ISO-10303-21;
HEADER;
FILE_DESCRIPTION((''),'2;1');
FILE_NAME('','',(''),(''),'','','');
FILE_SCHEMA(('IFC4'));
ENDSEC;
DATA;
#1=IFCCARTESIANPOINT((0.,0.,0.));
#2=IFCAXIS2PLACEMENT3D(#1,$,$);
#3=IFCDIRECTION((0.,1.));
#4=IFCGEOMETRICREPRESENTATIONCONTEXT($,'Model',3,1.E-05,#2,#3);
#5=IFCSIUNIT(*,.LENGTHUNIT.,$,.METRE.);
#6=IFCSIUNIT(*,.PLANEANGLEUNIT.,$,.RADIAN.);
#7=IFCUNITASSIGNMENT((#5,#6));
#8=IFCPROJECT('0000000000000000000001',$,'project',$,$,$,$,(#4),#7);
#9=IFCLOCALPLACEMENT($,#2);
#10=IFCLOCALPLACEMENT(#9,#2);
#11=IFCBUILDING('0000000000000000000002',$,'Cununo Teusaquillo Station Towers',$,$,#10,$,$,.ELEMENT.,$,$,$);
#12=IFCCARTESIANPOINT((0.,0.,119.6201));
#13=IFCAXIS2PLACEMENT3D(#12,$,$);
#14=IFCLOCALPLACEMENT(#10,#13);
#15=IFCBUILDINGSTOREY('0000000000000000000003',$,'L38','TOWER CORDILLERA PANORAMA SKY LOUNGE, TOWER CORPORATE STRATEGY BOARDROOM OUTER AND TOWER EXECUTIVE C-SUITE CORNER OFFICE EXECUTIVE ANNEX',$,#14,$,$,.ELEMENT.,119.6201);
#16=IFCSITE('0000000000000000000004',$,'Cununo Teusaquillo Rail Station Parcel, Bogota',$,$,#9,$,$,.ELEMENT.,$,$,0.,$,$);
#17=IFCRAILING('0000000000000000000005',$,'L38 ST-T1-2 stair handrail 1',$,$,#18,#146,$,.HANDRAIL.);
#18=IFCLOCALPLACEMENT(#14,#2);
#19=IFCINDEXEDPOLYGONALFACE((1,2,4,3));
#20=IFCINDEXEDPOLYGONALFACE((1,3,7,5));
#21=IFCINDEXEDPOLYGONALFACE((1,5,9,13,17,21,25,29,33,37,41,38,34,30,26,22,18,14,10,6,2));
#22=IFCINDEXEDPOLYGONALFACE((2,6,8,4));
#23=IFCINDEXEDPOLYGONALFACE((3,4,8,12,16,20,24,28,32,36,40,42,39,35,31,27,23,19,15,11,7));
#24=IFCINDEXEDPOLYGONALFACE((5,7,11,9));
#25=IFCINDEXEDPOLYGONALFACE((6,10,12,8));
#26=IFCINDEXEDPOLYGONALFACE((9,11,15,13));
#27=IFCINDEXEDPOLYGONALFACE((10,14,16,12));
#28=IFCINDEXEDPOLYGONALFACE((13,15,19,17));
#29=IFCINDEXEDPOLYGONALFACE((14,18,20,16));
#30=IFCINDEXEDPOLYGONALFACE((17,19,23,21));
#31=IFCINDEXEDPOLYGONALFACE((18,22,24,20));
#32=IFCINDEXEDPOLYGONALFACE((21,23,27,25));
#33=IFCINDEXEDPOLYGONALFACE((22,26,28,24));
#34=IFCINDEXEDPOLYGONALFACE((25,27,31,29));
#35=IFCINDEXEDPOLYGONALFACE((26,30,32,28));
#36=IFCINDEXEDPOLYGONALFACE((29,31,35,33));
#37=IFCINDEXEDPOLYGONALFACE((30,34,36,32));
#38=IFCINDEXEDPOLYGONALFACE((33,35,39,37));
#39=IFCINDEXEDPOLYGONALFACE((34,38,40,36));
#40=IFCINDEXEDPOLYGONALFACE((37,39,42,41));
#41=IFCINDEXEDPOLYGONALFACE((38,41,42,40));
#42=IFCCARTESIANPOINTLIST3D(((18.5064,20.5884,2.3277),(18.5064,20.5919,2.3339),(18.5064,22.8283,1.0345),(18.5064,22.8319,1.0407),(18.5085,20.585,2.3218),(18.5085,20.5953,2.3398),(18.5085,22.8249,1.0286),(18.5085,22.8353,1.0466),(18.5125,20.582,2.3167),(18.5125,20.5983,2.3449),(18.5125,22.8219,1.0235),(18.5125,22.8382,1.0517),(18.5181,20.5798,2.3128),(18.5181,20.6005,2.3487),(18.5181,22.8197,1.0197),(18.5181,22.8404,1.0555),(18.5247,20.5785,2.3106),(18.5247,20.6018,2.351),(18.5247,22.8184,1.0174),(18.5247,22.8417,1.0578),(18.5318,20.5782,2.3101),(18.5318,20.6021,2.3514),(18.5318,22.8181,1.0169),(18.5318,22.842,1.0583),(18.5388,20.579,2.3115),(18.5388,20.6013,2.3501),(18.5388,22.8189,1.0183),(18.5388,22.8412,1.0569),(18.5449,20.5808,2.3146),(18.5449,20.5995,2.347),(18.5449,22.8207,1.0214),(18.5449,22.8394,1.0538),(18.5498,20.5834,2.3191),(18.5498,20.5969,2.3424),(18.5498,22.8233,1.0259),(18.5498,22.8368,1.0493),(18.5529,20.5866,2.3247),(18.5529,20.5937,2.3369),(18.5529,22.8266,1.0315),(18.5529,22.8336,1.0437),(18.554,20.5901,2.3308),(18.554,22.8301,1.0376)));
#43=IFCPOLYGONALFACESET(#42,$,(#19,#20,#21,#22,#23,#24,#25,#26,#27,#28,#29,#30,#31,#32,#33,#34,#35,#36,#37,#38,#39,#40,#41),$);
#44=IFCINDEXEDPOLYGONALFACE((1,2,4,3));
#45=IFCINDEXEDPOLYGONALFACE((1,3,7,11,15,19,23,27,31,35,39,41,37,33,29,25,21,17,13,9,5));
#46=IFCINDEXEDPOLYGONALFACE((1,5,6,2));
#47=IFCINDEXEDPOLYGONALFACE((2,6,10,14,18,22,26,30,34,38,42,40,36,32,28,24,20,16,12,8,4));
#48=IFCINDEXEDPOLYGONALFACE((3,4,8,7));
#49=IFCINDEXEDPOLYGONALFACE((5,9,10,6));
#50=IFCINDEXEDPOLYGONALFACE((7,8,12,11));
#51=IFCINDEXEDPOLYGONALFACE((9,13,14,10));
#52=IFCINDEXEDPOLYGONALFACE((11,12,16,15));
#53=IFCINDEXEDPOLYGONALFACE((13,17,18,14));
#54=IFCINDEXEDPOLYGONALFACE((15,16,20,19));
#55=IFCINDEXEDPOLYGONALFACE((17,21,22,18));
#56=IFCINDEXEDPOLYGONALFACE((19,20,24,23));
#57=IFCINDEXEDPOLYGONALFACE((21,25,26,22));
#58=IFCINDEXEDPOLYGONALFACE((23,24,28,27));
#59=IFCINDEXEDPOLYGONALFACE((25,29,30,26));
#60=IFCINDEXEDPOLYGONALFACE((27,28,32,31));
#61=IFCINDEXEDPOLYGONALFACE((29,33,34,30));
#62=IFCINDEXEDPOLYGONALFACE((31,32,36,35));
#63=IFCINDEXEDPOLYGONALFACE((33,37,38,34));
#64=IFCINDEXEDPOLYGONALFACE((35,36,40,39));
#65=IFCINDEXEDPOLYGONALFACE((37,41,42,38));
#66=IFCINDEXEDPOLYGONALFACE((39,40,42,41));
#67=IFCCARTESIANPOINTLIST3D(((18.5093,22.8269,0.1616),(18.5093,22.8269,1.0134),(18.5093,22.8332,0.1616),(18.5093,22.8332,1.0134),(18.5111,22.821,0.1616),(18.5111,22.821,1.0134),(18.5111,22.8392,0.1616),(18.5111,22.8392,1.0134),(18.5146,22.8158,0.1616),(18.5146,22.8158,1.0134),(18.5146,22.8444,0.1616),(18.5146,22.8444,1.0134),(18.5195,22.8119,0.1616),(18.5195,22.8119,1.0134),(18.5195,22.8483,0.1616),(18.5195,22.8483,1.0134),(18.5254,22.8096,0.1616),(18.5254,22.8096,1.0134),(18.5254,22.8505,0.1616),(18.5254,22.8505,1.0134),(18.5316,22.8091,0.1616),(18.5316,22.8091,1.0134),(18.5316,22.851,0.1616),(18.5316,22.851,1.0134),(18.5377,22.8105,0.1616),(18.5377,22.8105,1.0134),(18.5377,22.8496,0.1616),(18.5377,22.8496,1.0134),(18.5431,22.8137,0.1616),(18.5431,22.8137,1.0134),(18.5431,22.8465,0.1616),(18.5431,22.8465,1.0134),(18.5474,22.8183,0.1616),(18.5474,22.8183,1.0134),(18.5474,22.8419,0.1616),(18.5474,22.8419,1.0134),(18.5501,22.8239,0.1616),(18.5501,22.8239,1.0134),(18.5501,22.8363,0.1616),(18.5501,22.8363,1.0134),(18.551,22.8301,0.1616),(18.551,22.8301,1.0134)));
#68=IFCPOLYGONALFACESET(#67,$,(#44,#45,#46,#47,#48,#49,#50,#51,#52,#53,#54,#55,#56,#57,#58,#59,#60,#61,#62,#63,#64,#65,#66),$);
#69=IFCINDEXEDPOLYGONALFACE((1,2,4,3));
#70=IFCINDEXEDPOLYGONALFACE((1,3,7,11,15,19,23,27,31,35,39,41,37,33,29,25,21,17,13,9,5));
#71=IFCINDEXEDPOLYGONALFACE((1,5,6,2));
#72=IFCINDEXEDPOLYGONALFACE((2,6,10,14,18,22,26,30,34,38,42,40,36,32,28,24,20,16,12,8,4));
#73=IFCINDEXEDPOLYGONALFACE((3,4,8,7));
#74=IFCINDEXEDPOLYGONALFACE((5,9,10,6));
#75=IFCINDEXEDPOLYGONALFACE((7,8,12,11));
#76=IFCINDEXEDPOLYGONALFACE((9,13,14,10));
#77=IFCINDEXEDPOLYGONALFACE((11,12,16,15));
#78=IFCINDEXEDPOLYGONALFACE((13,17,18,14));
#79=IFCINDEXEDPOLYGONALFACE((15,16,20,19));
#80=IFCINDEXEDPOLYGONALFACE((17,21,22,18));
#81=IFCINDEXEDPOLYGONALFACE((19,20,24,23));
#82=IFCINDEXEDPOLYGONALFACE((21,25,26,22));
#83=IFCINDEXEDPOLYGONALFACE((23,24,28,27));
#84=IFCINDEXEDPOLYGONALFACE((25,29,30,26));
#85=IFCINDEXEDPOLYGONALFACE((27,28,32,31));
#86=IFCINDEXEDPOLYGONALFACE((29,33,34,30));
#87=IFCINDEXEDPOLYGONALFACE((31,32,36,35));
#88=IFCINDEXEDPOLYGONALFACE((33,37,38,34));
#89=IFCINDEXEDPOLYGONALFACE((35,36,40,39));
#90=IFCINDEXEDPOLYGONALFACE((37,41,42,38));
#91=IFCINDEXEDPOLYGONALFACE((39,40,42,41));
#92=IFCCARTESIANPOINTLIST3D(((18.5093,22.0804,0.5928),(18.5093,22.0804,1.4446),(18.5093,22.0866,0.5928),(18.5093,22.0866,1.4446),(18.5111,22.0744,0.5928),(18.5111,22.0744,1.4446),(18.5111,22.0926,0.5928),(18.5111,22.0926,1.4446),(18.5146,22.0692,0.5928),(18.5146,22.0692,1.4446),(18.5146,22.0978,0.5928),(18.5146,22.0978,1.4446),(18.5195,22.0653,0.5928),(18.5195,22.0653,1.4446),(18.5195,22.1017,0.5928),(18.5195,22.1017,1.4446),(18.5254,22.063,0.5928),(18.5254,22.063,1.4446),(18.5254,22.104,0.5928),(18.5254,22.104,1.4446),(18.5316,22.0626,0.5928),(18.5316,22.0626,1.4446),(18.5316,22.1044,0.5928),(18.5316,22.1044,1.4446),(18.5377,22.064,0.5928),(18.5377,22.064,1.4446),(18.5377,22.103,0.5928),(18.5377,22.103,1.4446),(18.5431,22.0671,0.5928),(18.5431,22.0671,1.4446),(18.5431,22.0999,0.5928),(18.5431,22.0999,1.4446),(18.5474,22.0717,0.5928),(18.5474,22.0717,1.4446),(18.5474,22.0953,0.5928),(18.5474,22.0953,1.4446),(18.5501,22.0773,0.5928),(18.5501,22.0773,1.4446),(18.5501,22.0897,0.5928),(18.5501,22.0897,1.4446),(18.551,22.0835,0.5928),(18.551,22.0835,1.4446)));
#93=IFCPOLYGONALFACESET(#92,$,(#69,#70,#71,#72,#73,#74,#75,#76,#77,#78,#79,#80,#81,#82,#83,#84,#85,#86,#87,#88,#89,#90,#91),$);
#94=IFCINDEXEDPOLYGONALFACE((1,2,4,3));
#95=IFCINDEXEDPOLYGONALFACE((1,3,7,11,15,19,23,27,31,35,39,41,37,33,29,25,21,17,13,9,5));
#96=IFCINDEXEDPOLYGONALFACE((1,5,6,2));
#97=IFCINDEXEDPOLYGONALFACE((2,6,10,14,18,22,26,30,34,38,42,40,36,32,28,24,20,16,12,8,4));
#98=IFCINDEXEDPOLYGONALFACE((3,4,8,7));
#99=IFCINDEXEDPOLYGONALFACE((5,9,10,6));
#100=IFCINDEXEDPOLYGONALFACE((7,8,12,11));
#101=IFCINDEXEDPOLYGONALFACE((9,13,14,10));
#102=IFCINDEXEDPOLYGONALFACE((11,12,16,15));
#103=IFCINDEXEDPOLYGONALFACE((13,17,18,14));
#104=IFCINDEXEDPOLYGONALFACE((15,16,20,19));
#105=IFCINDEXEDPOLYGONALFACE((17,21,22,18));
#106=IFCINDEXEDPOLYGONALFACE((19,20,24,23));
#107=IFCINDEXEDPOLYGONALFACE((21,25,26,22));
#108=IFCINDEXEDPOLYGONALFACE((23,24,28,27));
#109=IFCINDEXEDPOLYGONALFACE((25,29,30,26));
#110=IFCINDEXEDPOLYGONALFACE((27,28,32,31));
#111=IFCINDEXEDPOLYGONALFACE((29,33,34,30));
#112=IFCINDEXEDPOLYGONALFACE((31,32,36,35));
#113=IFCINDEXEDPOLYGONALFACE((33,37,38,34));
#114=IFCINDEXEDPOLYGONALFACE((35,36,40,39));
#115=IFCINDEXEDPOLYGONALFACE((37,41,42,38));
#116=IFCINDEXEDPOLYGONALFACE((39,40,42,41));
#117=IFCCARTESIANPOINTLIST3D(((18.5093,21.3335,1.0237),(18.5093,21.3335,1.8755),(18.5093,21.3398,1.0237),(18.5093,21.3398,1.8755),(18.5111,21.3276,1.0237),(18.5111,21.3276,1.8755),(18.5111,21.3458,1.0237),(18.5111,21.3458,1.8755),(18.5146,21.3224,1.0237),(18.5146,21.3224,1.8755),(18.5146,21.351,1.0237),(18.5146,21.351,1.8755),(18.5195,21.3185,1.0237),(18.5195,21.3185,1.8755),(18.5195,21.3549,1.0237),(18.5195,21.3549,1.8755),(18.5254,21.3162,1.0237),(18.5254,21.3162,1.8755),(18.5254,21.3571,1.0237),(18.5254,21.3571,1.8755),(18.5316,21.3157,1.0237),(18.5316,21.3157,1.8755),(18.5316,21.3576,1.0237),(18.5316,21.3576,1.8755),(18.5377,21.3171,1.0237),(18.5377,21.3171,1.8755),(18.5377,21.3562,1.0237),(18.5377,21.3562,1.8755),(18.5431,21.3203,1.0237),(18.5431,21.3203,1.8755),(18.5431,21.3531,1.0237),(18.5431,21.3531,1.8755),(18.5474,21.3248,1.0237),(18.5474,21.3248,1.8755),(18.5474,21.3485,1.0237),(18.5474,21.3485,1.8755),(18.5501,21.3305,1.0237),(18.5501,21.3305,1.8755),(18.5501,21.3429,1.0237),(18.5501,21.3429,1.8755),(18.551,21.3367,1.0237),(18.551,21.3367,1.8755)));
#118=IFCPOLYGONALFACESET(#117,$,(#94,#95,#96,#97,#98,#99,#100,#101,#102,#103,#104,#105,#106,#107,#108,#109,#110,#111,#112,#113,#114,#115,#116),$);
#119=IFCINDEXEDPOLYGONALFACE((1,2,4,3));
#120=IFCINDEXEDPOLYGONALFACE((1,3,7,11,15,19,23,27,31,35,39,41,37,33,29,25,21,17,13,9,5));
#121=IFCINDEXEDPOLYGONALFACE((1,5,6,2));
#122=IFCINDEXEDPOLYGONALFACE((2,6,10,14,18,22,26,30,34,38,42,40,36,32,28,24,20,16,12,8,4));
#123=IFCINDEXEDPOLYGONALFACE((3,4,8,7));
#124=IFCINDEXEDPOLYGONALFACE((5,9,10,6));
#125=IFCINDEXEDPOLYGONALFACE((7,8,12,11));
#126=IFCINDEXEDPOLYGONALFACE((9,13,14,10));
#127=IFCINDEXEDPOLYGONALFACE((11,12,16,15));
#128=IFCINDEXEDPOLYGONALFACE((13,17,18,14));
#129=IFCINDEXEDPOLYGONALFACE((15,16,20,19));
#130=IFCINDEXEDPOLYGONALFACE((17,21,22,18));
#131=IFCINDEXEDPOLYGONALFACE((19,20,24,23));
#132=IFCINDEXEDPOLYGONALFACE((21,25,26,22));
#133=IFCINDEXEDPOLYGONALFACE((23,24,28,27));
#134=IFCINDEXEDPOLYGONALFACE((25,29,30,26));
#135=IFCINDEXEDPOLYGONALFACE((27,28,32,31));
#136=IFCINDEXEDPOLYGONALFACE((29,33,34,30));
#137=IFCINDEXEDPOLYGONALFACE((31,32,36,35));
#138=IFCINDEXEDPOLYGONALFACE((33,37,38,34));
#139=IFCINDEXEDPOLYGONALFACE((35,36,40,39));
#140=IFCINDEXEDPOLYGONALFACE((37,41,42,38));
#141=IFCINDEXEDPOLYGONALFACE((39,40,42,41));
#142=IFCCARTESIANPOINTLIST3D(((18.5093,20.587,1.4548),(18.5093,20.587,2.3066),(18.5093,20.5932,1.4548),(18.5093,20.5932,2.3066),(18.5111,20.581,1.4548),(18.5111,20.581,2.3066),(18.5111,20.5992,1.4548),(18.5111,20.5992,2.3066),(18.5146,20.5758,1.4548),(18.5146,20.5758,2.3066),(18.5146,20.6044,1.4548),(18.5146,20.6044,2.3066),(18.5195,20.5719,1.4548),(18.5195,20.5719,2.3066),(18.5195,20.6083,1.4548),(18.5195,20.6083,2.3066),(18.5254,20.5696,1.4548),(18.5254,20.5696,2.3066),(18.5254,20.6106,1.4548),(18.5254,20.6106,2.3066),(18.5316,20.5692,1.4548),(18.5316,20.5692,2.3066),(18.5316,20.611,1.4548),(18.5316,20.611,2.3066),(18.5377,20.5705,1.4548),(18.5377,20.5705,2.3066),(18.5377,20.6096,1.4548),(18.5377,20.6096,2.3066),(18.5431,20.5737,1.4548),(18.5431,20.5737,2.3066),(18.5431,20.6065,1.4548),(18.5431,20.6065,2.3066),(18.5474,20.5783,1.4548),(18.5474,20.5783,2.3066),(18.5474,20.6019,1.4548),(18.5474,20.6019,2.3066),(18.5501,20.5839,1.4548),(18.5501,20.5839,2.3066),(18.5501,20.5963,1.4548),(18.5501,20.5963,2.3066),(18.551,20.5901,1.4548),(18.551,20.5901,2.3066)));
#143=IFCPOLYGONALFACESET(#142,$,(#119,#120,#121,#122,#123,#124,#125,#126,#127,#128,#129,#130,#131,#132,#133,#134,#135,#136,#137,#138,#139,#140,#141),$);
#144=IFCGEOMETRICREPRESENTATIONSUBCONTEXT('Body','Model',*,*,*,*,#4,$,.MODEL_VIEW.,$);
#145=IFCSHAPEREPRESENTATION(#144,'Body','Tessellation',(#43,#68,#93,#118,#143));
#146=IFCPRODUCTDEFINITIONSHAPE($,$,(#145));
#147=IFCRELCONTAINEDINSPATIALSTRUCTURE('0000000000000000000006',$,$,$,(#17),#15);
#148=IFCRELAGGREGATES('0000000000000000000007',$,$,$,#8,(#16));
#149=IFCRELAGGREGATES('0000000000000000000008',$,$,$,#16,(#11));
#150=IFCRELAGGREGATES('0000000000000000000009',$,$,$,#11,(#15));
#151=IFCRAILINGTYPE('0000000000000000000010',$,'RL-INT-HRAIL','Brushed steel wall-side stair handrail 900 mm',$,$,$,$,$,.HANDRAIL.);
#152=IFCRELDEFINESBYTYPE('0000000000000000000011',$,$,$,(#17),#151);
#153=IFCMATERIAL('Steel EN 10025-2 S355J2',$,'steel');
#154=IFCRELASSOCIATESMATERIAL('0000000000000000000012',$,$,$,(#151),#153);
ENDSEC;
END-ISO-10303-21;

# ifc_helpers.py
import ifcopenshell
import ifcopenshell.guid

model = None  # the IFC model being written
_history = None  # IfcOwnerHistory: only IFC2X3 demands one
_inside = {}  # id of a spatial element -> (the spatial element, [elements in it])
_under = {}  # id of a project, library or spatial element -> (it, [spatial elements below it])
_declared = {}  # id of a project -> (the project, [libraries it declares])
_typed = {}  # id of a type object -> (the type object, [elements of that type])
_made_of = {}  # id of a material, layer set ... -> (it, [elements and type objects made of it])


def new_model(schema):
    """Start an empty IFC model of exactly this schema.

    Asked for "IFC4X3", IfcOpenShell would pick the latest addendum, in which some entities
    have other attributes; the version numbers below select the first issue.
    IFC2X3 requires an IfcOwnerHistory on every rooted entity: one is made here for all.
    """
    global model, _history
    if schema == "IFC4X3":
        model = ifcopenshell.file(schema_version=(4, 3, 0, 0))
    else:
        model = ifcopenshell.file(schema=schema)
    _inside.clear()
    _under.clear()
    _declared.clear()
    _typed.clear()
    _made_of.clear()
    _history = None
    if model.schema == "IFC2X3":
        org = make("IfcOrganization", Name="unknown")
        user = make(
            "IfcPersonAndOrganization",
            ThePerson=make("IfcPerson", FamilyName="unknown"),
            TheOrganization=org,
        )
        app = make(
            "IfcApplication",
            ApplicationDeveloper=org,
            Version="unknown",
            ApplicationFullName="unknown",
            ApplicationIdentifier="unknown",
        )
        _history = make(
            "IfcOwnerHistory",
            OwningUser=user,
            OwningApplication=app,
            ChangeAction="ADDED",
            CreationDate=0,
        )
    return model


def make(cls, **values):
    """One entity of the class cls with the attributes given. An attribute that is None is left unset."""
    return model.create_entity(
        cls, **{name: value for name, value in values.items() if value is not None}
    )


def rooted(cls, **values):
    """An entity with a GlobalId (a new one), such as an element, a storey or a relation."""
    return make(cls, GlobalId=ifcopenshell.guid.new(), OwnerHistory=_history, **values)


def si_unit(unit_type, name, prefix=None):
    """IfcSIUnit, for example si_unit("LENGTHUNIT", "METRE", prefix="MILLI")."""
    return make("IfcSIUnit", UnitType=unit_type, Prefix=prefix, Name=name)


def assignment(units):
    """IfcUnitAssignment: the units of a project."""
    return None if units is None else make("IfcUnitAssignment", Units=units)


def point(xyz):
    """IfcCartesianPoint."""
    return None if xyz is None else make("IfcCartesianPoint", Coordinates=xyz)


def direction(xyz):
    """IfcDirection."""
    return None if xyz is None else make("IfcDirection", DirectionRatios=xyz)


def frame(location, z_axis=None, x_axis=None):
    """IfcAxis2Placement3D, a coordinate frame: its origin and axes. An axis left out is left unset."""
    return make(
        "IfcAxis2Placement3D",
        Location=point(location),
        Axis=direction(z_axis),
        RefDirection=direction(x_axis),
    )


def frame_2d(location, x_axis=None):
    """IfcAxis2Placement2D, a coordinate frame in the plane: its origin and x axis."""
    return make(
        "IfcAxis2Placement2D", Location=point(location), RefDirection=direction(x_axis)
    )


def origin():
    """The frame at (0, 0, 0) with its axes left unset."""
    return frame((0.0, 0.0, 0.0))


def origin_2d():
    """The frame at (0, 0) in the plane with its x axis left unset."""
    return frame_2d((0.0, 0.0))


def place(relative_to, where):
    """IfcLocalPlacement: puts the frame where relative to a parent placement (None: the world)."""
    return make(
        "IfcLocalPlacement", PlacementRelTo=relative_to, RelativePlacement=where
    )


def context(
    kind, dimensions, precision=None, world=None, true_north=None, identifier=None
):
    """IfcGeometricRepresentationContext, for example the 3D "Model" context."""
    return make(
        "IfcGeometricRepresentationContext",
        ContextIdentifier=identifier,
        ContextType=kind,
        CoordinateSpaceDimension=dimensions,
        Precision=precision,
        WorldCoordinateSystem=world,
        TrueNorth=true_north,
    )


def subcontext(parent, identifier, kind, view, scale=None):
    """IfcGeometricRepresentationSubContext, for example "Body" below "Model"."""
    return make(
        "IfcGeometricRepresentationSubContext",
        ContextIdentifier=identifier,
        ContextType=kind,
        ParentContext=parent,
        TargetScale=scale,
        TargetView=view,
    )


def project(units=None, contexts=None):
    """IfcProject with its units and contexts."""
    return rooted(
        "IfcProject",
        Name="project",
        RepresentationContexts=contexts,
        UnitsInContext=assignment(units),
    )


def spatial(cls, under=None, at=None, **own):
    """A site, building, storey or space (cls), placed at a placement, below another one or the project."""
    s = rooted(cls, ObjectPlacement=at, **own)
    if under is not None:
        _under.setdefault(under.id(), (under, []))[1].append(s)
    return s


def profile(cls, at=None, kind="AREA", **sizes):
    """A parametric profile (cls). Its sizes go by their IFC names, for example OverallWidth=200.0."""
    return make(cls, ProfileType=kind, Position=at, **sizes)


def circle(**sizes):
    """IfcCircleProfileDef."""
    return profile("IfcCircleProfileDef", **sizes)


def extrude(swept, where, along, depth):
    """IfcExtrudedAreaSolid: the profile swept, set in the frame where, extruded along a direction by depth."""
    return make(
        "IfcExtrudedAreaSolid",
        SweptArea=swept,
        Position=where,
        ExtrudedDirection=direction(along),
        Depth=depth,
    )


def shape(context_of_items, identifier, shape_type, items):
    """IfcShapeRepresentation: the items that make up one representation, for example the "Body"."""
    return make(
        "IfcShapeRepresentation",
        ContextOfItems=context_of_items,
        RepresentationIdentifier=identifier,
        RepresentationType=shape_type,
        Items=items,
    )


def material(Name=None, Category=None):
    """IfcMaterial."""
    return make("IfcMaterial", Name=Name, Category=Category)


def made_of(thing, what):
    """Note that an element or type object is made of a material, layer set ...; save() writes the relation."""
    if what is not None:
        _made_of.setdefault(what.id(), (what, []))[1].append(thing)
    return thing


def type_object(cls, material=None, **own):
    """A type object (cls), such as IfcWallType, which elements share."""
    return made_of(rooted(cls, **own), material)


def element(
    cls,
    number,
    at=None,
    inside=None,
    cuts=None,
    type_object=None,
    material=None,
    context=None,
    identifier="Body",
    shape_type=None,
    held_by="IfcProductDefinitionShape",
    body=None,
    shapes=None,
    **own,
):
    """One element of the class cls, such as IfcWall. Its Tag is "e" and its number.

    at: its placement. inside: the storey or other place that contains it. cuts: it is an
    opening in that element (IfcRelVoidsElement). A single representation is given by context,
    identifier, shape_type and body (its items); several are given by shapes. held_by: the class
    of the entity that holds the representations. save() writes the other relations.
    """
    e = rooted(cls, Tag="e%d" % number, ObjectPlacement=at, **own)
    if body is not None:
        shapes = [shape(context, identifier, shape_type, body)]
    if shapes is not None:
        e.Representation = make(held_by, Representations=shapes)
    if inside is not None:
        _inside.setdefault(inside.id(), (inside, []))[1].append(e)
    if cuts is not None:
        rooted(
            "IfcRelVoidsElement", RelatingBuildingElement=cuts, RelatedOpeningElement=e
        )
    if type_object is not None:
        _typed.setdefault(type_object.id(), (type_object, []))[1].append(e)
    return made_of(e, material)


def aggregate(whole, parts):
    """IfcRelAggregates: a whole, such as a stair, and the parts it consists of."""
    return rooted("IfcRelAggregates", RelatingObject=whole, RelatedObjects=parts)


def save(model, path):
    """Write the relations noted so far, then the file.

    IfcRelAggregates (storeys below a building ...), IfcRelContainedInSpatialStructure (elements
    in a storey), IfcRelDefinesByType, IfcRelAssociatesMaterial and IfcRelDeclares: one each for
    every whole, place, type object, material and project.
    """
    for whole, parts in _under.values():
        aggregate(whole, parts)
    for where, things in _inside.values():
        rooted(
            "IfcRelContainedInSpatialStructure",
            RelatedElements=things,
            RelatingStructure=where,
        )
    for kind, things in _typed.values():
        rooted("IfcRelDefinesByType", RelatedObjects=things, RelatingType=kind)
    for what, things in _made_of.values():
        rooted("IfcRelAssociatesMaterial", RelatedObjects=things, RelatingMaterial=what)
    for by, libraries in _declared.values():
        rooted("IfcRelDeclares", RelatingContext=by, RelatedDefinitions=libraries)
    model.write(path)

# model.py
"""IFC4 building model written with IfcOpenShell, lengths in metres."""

from ifc_helpers import new_model, si_unit, direction, frame, origin, origin_2d, place, context, subcontext, project, spatial, circle, extrude, material, type_object, element, save


model = new_model("IFC4")

# Units and contexts
model_context = context("Model", 3, precision=1e-05, world=origin(), true_north=direction((0.0, 1.0)))
body_context = subcontext(model_context, "Body", "Model", "MODEL_VIEW")
ifc_project = project(units=[si_unit("LENGTHUNIT", "METRE"), si_unit("PLANEANGLEUNIT", "RADIAN")], contexts=[model_context])

# Site, building, storey
site_placement = place(None, origin())
site = spatial("IfcSite", under=ifc_project, at=site_placement, Name="Cununo Teusaquillo Rail Station Parcel, Bogota", CompositionType="ELEMENT", RefElevation=0.0)
building_placement = place(site_placement, origin())
building = spatial("IfcBuilding", under=site, at=building_placement, Name="Cununo Teusaquillo Station Towers", CompositionType="ELEMENT")
storey_placement = place(building_placement, frame((0.0, 0.0, 119.6201)))
storey = spatial("IfcBuildingStorey", under=building, at=storey_placement, Name="L38", Description="TOWER CORDILLERA PANORAMA SKY LOUNGE, TOWER CORPORATE STRATEGY BOARDROOM OUTER AND TOWER EXECUTIVE C-SUITE CORNER OFFICE EXECUTIVE ANNEX", CompositionType="ELEMENT", Elevation=119.6201)

# Railing
ifc_material_1 = material(Name="Steel EN 10025-2 S355J2", Category="steel")
railing_type_1 = type_object("IfcRailingType", Name="RL-INT-HRAIL", Description="Brushed steel wall-side stair handrail 900 mm", PredefinedType="HANDRAIL", material=ifc_material_1)
railing_1_placement = place(storey_placement, frame((18.53, 22.8301, 0.1616)))
element("IfcRailing", 1, at=railing_1_placement, inside=storey, type_object=railing_type_1, Name="L38 ST-T1-2 stair handrail 1", PredefinedType="HANDRAIL", context=body_context, shape_type="SweptSolid", body=[
    extrude(circle(Radius=0.0239, at=origin_2d()), frame((0.0, 0.0, 0.876), z_axis=(0.0, -0.866033, 0.499987), x_axis=(1.0, 0.0, 0.0)), (0.0, 0.0, 1.0), 2.5864),
    extrude(circle(Radius=0.021, at=origin_2d()), origin(), (0.0, 0.0, 1.0), 0.8518),
    extrude(circle(Radius=0.021, at=origin_2d()), frame((0.0, -0.7466, 0.4312)), (0.0, 0.0, 1.0), 0.8518),
    extrude(circle(Radius=0.021, at=origin_2d()), frame((0.0, -1.4934, 0.8621)), (0.0, 0.0, 1.0), 0.8518),
    extrude(circle(Radius=0.021, at=origin_2d()), frame((0.0, -2.24, 1.2932)), (0.0, 0.0, 1.0), 0.8518),
])

save(model, "model.ifc")
